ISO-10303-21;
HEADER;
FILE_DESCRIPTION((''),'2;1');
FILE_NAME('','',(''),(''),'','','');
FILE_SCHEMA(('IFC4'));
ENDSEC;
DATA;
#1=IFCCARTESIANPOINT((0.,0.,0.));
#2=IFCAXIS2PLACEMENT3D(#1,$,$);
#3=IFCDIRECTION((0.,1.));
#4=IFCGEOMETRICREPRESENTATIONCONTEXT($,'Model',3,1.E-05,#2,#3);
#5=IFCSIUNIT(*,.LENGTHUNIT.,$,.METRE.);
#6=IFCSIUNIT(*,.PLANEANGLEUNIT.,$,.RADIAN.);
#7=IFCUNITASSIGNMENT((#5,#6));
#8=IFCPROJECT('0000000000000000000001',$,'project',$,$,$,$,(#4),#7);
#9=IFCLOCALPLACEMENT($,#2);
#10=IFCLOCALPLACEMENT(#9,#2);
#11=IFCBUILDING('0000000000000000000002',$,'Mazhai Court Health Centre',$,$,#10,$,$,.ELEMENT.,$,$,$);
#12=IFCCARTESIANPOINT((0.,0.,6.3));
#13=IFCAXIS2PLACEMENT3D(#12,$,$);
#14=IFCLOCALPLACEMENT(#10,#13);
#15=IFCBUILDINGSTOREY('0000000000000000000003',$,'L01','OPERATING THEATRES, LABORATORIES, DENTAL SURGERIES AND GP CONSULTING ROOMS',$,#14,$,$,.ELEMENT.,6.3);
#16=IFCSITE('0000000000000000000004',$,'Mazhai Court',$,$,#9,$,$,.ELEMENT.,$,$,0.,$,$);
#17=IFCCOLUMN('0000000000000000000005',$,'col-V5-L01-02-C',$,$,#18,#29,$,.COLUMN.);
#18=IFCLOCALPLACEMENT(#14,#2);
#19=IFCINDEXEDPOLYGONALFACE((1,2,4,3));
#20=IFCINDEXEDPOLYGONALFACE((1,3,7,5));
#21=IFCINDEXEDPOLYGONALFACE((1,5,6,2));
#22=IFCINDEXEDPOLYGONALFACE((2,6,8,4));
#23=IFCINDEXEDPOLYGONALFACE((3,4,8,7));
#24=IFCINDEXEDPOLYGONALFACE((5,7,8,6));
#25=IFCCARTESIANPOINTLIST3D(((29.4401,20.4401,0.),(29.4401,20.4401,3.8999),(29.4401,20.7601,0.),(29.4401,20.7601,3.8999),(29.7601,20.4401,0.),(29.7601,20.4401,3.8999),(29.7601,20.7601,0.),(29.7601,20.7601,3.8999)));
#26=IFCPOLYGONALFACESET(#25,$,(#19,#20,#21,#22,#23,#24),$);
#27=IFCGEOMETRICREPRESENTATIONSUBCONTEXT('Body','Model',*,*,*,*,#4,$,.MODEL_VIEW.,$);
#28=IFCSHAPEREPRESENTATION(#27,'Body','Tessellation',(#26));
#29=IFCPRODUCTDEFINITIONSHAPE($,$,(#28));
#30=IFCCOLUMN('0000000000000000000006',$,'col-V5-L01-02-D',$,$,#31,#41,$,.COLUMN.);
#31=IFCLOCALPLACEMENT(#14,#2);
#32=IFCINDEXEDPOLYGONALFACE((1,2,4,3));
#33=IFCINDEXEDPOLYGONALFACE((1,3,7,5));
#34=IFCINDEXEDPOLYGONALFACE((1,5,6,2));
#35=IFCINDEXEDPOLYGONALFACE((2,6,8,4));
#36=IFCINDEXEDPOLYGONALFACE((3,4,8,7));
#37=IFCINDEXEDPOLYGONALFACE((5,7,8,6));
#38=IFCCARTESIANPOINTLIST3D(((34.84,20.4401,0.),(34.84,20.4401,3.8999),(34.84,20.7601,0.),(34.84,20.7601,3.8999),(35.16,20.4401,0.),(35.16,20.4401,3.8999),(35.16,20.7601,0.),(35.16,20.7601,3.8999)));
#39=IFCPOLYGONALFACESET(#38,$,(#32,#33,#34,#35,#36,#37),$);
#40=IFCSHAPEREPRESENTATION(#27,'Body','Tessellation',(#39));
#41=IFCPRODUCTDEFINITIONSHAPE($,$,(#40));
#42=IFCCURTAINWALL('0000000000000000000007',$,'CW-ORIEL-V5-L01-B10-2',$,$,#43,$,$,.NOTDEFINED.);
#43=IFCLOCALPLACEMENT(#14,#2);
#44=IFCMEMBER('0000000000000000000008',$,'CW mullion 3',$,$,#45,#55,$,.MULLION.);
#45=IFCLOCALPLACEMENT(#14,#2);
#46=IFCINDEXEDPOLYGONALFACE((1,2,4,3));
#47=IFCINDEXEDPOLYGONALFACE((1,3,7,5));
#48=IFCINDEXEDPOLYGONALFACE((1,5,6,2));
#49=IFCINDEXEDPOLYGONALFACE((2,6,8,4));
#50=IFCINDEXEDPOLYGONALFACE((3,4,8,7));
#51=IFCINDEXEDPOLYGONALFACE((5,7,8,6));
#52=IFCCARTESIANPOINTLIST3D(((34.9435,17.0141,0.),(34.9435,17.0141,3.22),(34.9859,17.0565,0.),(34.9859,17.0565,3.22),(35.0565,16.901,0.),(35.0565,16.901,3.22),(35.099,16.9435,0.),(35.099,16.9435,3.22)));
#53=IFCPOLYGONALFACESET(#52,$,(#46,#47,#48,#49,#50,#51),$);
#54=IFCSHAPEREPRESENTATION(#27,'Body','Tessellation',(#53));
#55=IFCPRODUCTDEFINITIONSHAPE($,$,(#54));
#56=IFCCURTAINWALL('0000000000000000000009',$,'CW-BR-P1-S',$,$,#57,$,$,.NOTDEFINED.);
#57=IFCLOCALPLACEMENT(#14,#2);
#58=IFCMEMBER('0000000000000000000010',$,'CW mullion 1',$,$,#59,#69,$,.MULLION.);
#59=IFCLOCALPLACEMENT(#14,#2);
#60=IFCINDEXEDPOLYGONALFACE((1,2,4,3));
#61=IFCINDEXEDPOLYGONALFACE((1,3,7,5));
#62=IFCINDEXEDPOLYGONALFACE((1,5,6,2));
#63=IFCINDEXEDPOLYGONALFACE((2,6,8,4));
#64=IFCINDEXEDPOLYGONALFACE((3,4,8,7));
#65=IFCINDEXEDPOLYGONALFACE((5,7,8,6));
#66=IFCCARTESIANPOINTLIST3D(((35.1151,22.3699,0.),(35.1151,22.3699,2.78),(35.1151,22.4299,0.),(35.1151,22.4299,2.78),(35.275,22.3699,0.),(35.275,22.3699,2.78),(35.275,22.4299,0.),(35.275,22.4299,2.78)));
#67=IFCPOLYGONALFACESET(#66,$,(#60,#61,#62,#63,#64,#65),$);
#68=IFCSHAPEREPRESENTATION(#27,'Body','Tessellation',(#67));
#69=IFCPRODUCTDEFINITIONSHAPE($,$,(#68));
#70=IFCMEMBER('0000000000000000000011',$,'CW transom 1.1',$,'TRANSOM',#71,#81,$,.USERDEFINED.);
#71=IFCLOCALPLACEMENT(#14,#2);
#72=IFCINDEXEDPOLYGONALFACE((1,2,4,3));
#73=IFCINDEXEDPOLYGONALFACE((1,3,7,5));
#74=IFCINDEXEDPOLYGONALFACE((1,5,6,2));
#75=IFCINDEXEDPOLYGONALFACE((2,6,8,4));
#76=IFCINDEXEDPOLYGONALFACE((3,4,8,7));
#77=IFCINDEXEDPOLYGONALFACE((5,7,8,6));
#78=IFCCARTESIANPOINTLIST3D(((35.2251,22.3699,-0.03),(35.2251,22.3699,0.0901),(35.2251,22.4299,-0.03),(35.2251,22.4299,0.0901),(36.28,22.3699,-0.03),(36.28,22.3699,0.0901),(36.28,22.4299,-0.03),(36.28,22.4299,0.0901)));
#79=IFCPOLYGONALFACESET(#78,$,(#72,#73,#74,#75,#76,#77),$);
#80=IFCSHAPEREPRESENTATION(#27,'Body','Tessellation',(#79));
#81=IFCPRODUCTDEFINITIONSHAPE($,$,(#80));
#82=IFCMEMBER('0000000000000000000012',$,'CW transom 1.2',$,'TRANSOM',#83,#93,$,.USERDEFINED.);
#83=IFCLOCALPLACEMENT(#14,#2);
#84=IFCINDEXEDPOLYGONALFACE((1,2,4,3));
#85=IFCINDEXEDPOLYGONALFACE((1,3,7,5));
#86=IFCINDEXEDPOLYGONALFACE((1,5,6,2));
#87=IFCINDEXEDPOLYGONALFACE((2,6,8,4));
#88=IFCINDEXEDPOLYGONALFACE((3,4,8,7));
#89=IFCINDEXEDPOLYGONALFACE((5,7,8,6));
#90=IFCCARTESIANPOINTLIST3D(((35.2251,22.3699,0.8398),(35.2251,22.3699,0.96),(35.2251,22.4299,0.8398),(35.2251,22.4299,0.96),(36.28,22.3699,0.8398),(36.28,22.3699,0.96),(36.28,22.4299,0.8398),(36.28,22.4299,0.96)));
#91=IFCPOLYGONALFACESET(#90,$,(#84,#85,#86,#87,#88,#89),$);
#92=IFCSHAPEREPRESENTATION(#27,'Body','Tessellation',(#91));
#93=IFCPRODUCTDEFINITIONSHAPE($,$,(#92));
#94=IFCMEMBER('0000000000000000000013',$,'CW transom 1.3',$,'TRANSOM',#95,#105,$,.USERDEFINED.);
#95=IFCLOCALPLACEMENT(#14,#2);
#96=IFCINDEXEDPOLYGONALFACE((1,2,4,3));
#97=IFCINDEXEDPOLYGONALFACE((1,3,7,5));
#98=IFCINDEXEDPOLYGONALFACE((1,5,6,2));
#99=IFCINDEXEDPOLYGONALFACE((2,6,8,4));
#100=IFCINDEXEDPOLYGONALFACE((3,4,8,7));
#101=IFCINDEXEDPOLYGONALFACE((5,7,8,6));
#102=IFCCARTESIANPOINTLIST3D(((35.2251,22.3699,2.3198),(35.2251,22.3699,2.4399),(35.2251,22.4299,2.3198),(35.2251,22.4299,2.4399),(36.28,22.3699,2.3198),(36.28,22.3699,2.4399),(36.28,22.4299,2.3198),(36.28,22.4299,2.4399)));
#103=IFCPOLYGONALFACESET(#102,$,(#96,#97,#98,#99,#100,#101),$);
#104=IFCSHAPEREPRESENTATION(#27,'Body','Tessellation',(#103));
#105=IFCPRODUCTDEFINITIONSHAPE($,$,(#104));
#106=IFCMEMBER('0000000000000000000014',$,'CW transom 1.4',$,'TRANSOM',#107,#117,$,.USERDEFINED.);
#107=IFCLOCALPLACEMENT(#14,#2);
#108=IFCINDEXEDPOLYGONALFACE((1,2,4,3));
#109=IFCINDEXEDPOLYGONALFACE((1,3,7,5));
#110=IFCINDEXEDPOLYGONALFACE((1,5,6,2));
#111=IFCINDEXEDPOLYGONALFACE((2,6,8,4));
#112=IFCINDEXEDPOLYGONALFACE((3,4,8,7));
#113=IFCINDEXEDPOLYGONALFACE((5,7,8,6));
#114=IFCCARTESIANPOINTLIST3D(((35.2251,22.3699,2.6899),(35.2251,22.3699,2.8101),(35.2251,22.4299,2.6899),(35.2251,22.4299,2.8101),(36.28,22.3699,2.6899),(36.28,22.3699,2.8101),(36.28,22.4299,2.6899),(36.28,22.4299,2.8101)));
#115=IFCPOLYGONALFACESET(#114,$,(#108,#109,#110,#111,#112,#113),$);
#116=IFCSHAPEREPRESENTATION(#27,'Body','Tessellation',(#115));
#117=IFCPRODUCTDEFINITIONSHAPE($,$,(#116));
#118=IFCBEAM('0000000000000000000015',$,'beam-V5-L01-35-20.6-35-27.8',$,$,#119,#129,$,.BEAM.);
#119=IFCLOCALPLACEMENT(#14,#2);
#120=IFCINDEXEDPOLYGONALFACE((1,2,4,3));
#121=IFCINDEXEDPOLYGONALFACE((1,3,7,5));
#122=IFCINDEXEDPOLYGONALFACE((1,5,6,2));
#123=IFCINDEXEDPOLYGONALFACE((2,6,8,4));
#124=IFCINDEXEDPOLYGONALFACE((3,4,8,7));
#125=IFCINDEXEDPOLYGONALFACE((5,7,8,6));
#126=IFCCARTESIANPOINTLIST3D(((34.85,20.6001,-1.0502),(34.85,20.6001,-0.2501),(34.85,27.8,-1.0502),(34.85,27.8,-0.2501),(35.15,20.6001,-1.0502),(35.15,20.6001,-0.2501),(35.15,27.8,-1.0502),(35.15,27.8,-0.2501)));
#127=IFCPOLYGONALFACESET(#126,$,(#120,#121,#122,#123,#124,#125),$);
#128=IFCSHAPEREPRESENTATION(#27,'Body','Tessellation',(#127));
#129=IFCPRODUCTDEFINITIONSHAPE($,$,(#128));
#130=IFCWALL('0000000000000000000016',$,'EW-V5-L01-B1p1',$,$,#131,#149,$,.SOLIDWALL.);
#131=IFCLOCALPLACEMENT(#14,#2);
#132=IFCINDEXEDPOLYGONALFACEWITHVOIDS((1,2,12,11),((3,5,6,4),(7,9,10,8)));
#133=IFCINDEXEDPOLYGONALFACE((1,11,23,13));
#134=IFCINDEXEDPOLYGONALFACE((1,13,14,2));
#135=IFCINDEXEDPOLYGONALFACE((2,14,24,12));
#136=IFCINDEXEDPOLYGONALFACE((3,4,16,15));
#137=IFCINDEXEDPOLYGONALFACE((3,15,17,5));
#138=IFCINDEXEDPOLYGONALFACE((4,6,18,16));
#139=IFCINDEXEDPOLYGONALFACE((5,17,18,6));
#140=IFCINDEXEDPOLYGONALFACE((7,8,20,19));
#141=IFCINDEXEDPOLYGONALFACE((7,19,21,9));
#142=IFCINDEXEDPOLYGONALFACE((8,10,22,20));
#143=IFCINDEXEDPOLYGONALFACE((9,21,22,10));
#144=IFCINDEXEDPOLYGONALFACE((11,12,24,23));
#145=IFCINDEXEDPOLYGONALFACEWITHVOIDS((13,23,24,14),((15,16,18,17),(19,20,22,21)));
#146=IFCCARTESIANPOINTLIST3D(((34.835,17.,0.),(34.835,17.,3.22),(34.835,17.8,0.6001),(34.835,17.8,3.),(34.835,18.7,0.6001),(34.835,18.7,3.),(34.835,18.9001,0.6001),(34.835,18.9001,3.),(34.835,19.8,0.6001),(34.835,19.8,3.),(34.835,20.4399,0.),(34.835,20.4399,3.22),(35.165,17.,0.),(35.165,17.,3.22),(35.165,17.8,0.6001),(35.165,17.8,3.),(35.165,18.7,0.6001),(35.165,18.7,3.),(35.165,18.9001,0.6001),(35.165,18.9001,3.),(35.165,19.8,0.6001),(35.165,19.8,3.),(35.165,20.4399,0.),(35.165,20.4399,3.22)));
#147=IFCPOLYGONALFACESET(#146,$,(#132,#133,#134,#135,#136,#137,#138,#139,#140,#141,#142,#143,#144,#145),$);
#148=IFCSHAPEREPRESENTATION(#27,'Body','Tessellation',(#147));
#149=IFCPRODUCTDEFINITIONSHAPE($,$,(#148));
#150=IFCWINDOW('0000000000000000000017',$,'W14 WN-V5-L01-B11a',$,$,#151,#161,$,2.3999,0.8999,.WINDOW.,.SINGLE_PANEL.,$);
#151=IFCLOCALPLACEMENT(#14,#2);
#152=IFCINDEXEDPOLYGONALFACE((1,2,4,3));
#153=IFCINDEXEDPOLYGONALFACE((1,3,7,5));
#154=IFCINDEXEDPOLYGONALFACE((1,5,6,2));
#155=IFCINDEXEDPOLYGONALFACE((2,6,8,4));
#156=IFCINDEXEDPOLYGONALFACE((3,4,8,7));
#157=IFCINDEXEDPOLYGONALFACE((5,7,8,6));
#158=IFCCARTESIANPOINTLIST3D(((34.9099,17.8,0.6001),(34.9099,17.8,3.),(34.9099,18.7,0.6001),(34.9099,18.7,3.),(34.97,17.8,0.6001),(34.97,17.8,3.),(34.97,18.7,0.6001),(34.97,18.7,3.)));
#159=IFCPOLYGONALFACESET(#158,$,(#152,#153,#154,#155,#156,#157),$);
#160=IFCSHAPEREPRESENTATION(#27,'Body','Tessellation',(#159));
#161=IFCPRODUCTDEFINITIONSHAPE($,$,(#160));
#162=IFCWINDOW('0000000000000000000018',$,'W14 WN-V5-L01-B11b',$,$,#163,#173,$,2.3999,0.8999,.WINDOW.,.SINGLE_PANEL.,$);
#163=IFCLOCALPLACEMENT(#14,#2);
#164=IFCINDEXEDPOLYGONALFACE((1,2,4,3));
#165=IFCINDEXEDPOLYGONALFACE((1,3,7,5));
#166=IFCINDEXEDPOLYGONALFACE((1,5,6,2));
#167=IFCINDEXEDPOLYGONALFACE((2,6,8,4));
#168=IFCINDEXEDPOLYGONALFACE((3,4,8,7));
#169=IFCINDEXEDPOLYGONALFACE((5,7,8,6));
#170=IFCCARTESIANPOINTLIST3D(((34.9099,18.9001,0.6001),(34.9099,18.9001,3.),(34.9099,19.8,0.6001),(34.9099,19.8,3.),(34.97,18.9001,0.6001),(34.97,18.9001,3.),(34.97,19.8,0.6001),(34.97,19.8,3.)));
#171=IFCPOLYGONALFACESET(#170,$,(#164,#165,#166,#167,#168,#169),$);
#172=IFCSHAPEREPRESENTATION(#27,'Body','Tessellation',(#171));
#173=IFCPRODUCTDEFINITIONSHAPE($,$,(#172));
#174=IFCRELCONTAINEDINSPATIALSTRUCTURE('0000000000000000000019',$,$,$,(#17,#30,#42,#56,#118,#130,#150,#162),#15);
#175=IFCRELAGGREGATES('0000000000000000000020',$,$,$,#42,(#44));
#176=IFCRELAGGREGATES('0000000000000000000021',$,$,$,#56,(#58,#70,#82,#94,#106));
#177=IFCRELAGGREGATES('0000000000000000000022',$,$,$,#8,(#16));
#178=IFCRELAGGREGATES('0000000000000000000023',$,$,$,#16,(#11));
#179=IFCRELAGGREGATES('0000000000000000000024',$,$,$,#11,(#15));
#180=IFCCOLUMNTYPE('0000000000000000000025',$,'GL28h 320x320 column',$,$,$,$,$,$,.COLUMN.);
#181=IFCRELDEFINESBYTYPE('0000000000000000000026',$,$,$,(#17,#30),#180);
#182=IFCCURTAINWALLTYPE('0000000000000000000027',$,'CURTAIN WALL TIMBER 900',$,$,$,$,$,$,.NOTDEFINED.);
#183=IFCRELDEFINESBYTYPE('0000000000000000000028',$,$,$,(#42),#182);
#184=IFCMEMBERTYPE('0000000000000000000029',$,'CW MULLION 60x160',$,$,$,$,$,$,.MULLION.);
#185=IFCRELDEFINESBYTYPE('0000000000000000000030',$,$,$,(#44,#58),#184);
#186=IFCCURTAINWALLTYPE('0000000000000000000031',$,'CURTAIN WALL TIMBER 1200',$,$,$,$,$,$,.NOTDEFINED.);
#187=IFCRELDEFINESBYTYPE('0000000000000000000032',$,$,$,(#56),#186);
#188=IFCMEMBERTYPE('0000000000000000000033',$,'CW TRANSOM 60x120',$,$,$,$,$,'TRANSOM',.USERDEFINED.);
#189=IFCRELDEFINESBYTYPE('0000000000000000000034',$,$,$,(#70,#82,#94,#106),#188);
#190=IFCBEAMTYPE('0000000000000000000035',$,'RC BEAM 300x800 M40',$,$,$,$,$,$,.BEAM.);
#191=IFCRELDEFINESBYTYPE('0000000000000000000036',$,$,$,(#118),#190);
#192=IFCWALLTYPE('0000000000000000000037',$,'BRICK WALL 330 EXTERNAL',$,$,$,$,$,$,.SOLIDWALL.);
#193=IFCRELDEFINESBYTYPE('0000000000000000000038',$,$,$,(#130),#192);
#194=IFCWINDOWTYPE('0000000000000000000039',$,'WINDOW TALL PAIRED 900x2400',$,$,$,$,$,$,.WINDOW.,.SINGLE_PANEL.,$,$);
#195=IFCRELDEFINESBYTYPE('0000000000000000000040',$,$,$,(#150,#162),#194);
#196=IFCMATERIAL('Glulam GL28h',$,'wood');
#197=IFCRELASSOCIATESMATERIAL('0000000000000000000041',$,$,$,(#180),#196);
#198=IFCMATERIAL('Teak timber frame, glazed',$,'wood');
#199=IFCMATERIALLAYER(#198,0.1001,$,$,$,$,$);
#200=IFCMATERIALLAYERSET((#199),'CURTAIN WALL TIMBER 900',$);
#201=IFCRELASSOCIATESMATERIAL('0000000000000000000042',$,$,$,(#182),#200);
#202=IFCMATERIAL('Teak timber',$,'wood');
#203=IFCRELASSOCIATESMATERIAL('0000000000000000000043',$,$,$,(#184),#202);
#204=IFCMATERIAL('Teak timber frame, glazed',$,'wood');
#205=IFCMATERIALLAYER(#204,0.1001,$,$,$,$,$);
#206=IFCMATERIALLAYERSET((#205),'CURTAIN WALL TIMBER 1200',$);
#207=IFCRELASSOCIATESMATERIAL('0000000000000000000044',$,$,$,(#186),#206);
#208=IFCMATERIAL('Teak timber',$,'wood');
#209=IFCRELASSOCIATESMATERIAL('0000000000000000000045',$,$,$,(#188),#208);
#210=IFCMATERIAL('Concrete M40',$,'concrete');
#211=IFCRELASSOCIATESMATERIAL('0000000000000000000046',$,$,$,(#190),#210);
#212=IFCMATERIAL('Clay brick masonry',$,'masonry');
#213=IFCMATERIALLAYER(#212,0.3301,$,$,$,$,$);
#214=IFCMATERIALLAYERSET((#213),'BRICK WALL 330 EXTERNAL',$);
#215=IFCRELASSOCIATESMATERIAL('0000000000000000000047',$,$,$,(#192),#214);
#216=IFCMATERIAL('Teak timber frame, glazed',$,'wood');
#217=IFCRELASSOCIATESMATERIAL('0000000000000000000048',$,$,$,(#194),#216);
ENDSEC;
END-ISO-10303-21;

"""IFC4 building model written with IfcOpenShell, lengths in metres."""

from ifc_helpers import new_model, si_unit, direction, frame, frame_2d, origin, origin_2d, place, context, subcontext, project, spatial, rectangle, extrude, material, layer, layer_set, material_profile, profile_set, type_object, element, fill, aggregate, save


model = new_model("IFC4")

# Units and contexts
model_context = context("Model", 3, precision=1e-05, world=origin(), true_north=direction((0.0, 1.0)))
body_context = subcontext(model_context, "Body", "Model", "MODEL_VIEW")
ifc_project = project(units=[si_unit("LENGTHUNIT", "METRE"), si_unit("PLANEANGLEUNIT", "RADIAN")], contexts=[model_context])

# Site, building, storey
site_placement = place(None, origin())
site = spatial("IfcSite", under=ifc_project, at=site_placement, Name="Mazhai Court", CompositionType="ELEMENT", RefElevation=0.0)
building_placement = place(site_placement, origin())
building = spatial("IfcBuilding", under=site, at=building_placement, Name="Mazhai Court Health Centre", CompositionType="ELEMENT")
storey_placement = place(building_placement, frame((0.0, 0.0, 6.3)))
storey = spatial("IfcBuildingStorey", under=building, at=storey_placement, Name="L01", Description="OPERATING THEATRES, LABORATORIES, DENTAL SURGERIES AND GP CONSULTING ROOMS", CompositionType="ELEMENT", Elevation=6.3)

# Columns
ifc_material_1 = material(Name="Glulam GL28h", Category="wood")
ifc_material_profile_1 = material_profile(ifc_material_1, rectangle(XDim=0.3201, YDim=0.3201, at=origin_2d()), Name="GL28h 320x320")
ifc_profile_set_1 = profile_set([ifc_material_profile_1], Name="Glulam GL28h")
column_type = type_object("IfcColumnType", Name="GL28h 320x320 column", PredefinedType="COLUMN", material=ifc_profile_set_1)
for number, where, z_axis, x_axis, name in (
    (1, (29.6001, 20.6001, 0.0), (0.0, 0.0, 1.0), (1.0, 0.0, 0.0), "col-V5-L01-02-C"),
    (2, (35.0, 20.6001, 0.0), (0.0, 0.0, 1.0), (1.0, 0.0, 0.0), "col-V5-L01-02-D"),
):
    element("IfcColumn", number, at=place(storey_placement, frame(where, z_axis=z_axis, x_axis=x_axis)), inside=storey, type_object=column_type, Name=name, PredefinedType="COLUMN", context=body_context, shape_type="SweptSolid", body=[
        extrude(rectangle(XDim=0.3201, YDim=0.3201, at=origin_2d()), origin(), (0.0, 0.0, 1.0), 3.8999),
    ])

# Curtain wall, member
ifc_material_2 = material(Name="Teak timber frame, glazed", Category="wood")
ifc_layer_1 = layer(ifc_material_2, 0.1001)
ifc_layer_set_1 = layer_set([ifc_layer_1], Name="CURTAIN WALL TIMBER 900")
curtain_wall_type_1 = type_object("IfcCurtainWallType", Name="CURTAIN WALL TIMBER 900", PredefinedType="NOTDEFINED", material=ifc_layer_set_1)
curtain_wall_1_placement = place(storey_placement, origin())
curtain_wall_1 = element("IfcCurtainWall", 3, at=curtain_wall_1_placement, inside=storey, type_object=curtain_wall_type_1, Name="CW-ORIEL-V5-L01-B10-2", PredefinedType="NOTDEFINED")
ifc_material_3 = material(Name="Teak timber", Category="wood")
ifc_material_profile_2 = material_profile(ifc_material_3, rectangle(XDim=0.0601, YDim=0.1599, at=origin_2d()), Name="CW MULLION 60x160")
ifc_profile_set_2 = profile_set([ifc_material_profile_2], Name="Teak timber")
member_type_1 = type_object("IfcMemberType", Name="CW MULLION 60x160", PredefinedType="MULLION", material=ifc_profile_set_2)
member_1_placement = place(storey_placement, frame((35.0212, 16.9788, 0.0), z_axis=(0.0, 0.0, 1.0), x_axis=(-0.707107, -0.707107, 0.0)))
member_1 = element("IfcMember", 4, at=member_1_placement, type_object=member_type_1, Name="CW mullion 3", PredefinedType="MULLION", context=body_context, shape_type="SweptSolid", body=[
    extrude(rectangle(XDim=0.0601, YDim=0.1599, at=origin_2d()), origin(), (0.0, 0.0, 1.0), 3.22),
])
aggregate(curtain_wall_1, [member_1])

# Curtain wall, members
ifc_material_4 = material(Name="Teak timber frame, glazed", Category="wood")
ifc_layer_2 = layer(ifc_material_4, 0.1001)
ifc_layer_set_2 = layer_set([ifc_layer_2], Name="CURTAIN WALL TIMBER 1200")
curtain_wall_type_2 = type_object("IfcCurtainWallType", Name="CURTAIN WALL TIMBER 1200", PredefinedType="NOTDEFINED", material=ifc_layer_set_2)
curtain_wall_2_placement = place(storey_placement, origin())
curtain_wall_2 = element("IfcCurtainWall", 5, at=curtain_wall_2_placement, inside=storey, type_object=curtain_wall_type_2, Name="CW-BR-P1-S", PredefinedType="NOTDEFINED")
member_2_placement = place(storey_placement, frame((35.1951, 22.3999, 0.0), z_axis=(0.0, 0.0, 1.0), x_axis=(0.0, 1.0, 0.0)))
member_2 = element("IfcMember", 6, at=member_2_placement, type_object=member_type_1, Name="CW mullion 1", PredefinedType="MULLION", context=body_context, shape_type="SweptSolid", body=[
    extrude(rectangle(XDim=0.0601, YDim=0.1599, at=origin_2d()), origin(), (0.0, 0.0, 1.0), 2.78),
])
ifc_material_5 = material(Name="Teak timber", Category="wood")
ifc_material_profile_3 = material_profile(ifc_material_5, rectangle(XDim=0.0601, YDim=0.1201, at=origin_2d()), Name="CW TRANSOM 60x120")
ifc_profile_set_3 = profile_set([ifc_material_profile_3], Name="Teak timber")
member_type_2 = type_object("IfcMemberType", Name="CW TRANSOM 60x120", ElementType="TRANSOM", PredefinedType="USERDEFINED", material=ifc_profile_set_3)
member_3_placement = place(storey_placement, frame((35.2251, 22.3999, 0.03), z_axis=(1.0, 0.0, 0.0), x_axis=(0.0, 1.0, 0.0)))
member_3 = element("IfcMember", 7, at=member_3_placement, type_object=member_type_2, Name="CW transom 1.1", ObjectType="TRANSOM", PredefinedType="USERDEFINED", context=body_context, shape_type="SweptSolid", body=[
    extrude(rectangle(XDim=0.0601, YDim=0.1201, at=origin_2d()), origin(), (0.0, 0.0, 1.0), 1.0549),
])
member_4_placement = place(storey_placement, frame((35.2251, 22.3999, 0.8999), z_axis=(1.0, 0.0, 0.0), x_axis=(0.0, 1.0, 0.0)))
member_4 = element("IfcMember", 8, at=member_4_placement, type_object=member_type_2, Name="CW transom 1.2", ObjectType="TRANSOM", PredefinedType="USERDEFINED", context=body_context, shape_type="SweptSolid", body=[
    extrude(rectangle(XDim=0.0601, YDim=0.1201, at=origin_2d()), origin(), (0.0, 0.0, 1.0), 1.0549),
])
member_5_placement = place(storey_placement, frame((35.2251, 22.3999, 2.3799), z_axis=(1.0, 0.0, 0.0), x_axis=(0.0, 1.0, 0.0)))
member_5 = element("IfcMember", 9, at=member_5_placement, type_object=member_type_2, Name="CW transom 1.3", ObjectType="TRANSOM", PredefinedType="USERDEFINED", context=body_context, shape_type="SweptSolid", body=[
    extrude(rectangle(XDim=0.0601, YDim=0.1201, at=origin_2d()), origin(), (0.0, 0.0, 1.0), 1.0549),
])
member_6_placement = place(storey_placement, frame((35.2251, 22.3999, 2.75), z_axis=(1.0, 0.0, 0.0), x_axis=(0.0, 1.0, 0.0)))
member_6 = element("IfcMember", 10, at=member_6_placement, type_object=member_type_2, Name="CW transom 1.4", ObjectType="TRANSOM", PredefinedType="USERDEFINED", context=body_context, shape_type="SweptSolid", body=[
    extrude(rectangle(XDim=0.0601, YDim=0.1201, at=origin_2d()), origin(), (0.0, 0.0, 1.0), 1.0549),
])
aggregate(curtain_wall_2, [member_2, member_3, member_4, member_5, member_6])

# Beam
ifc_material_6 = material(Name="Concrete M40", Category="concrete")
ifc_material_profile_4 = material_profile(ifc_material_6, rectangle(XDim=0.3, YDim=0.8, at=origin_2d()), Name="RC 300x800")
ifc_profile_set_4 = profile_set([ifc_material_profile_4], Name="Concrete M40")
beam_type = type_object("IfcBeamType", Name="RC BEAM 300x800 M40", PredefinedType="BEAM", material=ifc_profile_set_4)
beam_placement = place(storey_placement, frame((35.0, 20.6001, -0.6501), z_axis=(0.0, 1.0, 0.0), x_axis=(-1.0, 0.0, 0.0)))
element("IfcBeam", 11, at=beam_placement, inside=storey, type_object=beam_type, Name="beam-V5-L01-35-20.6-35-27.8", PredefinedType="BEAM", context=body_context, shape_type="SweptSolid", body=[
    extrude(rectangle(XDim=0.3, YDim=0.8, at=origin_2d()), origin(), (0.0, 0.0, 1.0), 7.2),
])

# Wall, openings, windows
ifc_material_7 = material(Name="Clay brick masonry", Category="masonry")
ifc_layer_3 = layer(ifc_material_7, 0.3301)
ifc_layer_set_3 = layer_set([ifc_layer_3], Name="BRICK WALL 330 EXTERNAL")
wall_type_1 = type_object("IfcWallType", Name="BRICK WALL 330 EXTERNAL", PredefinedType="SOLIDWALL", material=ifc_layer_set_3)
wall_1_placement = place(storey_placement, frame((35.0, 20.4399, 0.0), z_axis=(0.0, 0.0, 1.0), x_axis=(0.0, -1.0, 0.0)))
wall_1 = element("IfcWall", 12, at=wall_1_placement, inside=storey, type_object=wall_type_1, Name="EW-V5-L01-B1p1", PredefinedType="SOLIDWALL", context=body_context, shape_type="SweptSolid", body=[
    extrude(rectangle(XDim=3.4399, YDim=0.3301, at=frame_2d((1.72, 0.0))), origin(), (0.0, 0.0, 1.0), 3.22),
])
opening_1_placement = place(wall_1_placement, frame((1.74, 0.0, 0.6001)))
opening_1 = element("IfcOpeningElement", 13, at=opening_1_placement, cuts=wall_1, PredefinedType="OPENING", context=body_context, shape_type="SweptSolid", body=[
    extrude(rectangle(XDim=0.8999, YDim=2.3999, at=frame_2d((0.45, 1.2))), frame((0.0, 0.175, 0.0), z_axis=(0.0, -1.0, 0.0), x_axis=(1.0, 0.0, 0.0)), (0.0, 0.0, 1.0), 0.3501),
])
opening_2_placement = place(wall_1_placement, frame((0.6399, 0.0, 0.6001)))
opening_2 = element("IfcOpeningElement", 14, at=opening_2_placement, cuts=wall_1, PredefinedType="OPENING", context=body_context, shape_type="SweptSolid", body=[
    extrude(rectangle(XDim=0.8999, YDim=2.3999, at=frame_2d((0.45, 1.2))), frame((0.0, 0.175, 0.0), z_axis=(0.0, -1.0, 0.0), x_axis=(1.0, 0.0, 0.0)), (0.0, 0.0, 1.0), 0.3501),
])
ifc_material_8 = material(Name="Teak timber frame, glazed", Category="wood")
window_type = type_object("IfcWindowType", Name="WINDOW TALL PAIRED 900x2400", PartitioningType="SINGLE_PANEL", PredefinedType="WINDOW", material=ifc_material_8)
window_1_placement = place(opening_1_placement, origin())
window_1 = element("IfcWindow", 15, at=window_1_placement, inside=storey, type_object=window_type, Name="W14 WN-V5-L01-B11a", OverallHeight=2.3999, OverallWidth=0.8999, PartitioningType="SINGLE_PANEL", PredefinedType="WINDOW", context=body_context, shape_type="SweptSolid", body=[
    extrude(rectangle(XDim=0.8999, YDim=2.3999, at=frame_2d((0.45, 1.2))), frame((0.0, -0.03, 0.0), z_axis=(0.0, -1.0, 0.0), x_axis=(1.0, 0.0, 0.0)), (0.0, 0.0, 1.0), 0.0601),
])
fill(opening_1, window_1)
window_2_placement = place(opening_2_placement, origin())
window_2 = element("IfcWindow", 16, at=window_2_placement, inside=storey, type_object=window_type, Name="W14 WN-V5-L01-B11b", OverallHeight=2.3999, OverallWidth=0.8999, PartitioningType="SINGLE_PANEL", PredefinedType="WINDOW", context=body_context, shape_type="SweptSolid", body=[
    extrude(rectangle(XDim=0.8999, YDim=2.3999, at=frame_2d((0.45, 1.2))), frame((0.0, -0.03, 0.0), z_axis=(0.0, -1.0, 0.0), x_axis=(1.0, 0.0, 0.0)), (0.0, 0.0, 1.0), 0.0601),
])
fill(opening_2, window_2)

save(model, "model.ifc")
